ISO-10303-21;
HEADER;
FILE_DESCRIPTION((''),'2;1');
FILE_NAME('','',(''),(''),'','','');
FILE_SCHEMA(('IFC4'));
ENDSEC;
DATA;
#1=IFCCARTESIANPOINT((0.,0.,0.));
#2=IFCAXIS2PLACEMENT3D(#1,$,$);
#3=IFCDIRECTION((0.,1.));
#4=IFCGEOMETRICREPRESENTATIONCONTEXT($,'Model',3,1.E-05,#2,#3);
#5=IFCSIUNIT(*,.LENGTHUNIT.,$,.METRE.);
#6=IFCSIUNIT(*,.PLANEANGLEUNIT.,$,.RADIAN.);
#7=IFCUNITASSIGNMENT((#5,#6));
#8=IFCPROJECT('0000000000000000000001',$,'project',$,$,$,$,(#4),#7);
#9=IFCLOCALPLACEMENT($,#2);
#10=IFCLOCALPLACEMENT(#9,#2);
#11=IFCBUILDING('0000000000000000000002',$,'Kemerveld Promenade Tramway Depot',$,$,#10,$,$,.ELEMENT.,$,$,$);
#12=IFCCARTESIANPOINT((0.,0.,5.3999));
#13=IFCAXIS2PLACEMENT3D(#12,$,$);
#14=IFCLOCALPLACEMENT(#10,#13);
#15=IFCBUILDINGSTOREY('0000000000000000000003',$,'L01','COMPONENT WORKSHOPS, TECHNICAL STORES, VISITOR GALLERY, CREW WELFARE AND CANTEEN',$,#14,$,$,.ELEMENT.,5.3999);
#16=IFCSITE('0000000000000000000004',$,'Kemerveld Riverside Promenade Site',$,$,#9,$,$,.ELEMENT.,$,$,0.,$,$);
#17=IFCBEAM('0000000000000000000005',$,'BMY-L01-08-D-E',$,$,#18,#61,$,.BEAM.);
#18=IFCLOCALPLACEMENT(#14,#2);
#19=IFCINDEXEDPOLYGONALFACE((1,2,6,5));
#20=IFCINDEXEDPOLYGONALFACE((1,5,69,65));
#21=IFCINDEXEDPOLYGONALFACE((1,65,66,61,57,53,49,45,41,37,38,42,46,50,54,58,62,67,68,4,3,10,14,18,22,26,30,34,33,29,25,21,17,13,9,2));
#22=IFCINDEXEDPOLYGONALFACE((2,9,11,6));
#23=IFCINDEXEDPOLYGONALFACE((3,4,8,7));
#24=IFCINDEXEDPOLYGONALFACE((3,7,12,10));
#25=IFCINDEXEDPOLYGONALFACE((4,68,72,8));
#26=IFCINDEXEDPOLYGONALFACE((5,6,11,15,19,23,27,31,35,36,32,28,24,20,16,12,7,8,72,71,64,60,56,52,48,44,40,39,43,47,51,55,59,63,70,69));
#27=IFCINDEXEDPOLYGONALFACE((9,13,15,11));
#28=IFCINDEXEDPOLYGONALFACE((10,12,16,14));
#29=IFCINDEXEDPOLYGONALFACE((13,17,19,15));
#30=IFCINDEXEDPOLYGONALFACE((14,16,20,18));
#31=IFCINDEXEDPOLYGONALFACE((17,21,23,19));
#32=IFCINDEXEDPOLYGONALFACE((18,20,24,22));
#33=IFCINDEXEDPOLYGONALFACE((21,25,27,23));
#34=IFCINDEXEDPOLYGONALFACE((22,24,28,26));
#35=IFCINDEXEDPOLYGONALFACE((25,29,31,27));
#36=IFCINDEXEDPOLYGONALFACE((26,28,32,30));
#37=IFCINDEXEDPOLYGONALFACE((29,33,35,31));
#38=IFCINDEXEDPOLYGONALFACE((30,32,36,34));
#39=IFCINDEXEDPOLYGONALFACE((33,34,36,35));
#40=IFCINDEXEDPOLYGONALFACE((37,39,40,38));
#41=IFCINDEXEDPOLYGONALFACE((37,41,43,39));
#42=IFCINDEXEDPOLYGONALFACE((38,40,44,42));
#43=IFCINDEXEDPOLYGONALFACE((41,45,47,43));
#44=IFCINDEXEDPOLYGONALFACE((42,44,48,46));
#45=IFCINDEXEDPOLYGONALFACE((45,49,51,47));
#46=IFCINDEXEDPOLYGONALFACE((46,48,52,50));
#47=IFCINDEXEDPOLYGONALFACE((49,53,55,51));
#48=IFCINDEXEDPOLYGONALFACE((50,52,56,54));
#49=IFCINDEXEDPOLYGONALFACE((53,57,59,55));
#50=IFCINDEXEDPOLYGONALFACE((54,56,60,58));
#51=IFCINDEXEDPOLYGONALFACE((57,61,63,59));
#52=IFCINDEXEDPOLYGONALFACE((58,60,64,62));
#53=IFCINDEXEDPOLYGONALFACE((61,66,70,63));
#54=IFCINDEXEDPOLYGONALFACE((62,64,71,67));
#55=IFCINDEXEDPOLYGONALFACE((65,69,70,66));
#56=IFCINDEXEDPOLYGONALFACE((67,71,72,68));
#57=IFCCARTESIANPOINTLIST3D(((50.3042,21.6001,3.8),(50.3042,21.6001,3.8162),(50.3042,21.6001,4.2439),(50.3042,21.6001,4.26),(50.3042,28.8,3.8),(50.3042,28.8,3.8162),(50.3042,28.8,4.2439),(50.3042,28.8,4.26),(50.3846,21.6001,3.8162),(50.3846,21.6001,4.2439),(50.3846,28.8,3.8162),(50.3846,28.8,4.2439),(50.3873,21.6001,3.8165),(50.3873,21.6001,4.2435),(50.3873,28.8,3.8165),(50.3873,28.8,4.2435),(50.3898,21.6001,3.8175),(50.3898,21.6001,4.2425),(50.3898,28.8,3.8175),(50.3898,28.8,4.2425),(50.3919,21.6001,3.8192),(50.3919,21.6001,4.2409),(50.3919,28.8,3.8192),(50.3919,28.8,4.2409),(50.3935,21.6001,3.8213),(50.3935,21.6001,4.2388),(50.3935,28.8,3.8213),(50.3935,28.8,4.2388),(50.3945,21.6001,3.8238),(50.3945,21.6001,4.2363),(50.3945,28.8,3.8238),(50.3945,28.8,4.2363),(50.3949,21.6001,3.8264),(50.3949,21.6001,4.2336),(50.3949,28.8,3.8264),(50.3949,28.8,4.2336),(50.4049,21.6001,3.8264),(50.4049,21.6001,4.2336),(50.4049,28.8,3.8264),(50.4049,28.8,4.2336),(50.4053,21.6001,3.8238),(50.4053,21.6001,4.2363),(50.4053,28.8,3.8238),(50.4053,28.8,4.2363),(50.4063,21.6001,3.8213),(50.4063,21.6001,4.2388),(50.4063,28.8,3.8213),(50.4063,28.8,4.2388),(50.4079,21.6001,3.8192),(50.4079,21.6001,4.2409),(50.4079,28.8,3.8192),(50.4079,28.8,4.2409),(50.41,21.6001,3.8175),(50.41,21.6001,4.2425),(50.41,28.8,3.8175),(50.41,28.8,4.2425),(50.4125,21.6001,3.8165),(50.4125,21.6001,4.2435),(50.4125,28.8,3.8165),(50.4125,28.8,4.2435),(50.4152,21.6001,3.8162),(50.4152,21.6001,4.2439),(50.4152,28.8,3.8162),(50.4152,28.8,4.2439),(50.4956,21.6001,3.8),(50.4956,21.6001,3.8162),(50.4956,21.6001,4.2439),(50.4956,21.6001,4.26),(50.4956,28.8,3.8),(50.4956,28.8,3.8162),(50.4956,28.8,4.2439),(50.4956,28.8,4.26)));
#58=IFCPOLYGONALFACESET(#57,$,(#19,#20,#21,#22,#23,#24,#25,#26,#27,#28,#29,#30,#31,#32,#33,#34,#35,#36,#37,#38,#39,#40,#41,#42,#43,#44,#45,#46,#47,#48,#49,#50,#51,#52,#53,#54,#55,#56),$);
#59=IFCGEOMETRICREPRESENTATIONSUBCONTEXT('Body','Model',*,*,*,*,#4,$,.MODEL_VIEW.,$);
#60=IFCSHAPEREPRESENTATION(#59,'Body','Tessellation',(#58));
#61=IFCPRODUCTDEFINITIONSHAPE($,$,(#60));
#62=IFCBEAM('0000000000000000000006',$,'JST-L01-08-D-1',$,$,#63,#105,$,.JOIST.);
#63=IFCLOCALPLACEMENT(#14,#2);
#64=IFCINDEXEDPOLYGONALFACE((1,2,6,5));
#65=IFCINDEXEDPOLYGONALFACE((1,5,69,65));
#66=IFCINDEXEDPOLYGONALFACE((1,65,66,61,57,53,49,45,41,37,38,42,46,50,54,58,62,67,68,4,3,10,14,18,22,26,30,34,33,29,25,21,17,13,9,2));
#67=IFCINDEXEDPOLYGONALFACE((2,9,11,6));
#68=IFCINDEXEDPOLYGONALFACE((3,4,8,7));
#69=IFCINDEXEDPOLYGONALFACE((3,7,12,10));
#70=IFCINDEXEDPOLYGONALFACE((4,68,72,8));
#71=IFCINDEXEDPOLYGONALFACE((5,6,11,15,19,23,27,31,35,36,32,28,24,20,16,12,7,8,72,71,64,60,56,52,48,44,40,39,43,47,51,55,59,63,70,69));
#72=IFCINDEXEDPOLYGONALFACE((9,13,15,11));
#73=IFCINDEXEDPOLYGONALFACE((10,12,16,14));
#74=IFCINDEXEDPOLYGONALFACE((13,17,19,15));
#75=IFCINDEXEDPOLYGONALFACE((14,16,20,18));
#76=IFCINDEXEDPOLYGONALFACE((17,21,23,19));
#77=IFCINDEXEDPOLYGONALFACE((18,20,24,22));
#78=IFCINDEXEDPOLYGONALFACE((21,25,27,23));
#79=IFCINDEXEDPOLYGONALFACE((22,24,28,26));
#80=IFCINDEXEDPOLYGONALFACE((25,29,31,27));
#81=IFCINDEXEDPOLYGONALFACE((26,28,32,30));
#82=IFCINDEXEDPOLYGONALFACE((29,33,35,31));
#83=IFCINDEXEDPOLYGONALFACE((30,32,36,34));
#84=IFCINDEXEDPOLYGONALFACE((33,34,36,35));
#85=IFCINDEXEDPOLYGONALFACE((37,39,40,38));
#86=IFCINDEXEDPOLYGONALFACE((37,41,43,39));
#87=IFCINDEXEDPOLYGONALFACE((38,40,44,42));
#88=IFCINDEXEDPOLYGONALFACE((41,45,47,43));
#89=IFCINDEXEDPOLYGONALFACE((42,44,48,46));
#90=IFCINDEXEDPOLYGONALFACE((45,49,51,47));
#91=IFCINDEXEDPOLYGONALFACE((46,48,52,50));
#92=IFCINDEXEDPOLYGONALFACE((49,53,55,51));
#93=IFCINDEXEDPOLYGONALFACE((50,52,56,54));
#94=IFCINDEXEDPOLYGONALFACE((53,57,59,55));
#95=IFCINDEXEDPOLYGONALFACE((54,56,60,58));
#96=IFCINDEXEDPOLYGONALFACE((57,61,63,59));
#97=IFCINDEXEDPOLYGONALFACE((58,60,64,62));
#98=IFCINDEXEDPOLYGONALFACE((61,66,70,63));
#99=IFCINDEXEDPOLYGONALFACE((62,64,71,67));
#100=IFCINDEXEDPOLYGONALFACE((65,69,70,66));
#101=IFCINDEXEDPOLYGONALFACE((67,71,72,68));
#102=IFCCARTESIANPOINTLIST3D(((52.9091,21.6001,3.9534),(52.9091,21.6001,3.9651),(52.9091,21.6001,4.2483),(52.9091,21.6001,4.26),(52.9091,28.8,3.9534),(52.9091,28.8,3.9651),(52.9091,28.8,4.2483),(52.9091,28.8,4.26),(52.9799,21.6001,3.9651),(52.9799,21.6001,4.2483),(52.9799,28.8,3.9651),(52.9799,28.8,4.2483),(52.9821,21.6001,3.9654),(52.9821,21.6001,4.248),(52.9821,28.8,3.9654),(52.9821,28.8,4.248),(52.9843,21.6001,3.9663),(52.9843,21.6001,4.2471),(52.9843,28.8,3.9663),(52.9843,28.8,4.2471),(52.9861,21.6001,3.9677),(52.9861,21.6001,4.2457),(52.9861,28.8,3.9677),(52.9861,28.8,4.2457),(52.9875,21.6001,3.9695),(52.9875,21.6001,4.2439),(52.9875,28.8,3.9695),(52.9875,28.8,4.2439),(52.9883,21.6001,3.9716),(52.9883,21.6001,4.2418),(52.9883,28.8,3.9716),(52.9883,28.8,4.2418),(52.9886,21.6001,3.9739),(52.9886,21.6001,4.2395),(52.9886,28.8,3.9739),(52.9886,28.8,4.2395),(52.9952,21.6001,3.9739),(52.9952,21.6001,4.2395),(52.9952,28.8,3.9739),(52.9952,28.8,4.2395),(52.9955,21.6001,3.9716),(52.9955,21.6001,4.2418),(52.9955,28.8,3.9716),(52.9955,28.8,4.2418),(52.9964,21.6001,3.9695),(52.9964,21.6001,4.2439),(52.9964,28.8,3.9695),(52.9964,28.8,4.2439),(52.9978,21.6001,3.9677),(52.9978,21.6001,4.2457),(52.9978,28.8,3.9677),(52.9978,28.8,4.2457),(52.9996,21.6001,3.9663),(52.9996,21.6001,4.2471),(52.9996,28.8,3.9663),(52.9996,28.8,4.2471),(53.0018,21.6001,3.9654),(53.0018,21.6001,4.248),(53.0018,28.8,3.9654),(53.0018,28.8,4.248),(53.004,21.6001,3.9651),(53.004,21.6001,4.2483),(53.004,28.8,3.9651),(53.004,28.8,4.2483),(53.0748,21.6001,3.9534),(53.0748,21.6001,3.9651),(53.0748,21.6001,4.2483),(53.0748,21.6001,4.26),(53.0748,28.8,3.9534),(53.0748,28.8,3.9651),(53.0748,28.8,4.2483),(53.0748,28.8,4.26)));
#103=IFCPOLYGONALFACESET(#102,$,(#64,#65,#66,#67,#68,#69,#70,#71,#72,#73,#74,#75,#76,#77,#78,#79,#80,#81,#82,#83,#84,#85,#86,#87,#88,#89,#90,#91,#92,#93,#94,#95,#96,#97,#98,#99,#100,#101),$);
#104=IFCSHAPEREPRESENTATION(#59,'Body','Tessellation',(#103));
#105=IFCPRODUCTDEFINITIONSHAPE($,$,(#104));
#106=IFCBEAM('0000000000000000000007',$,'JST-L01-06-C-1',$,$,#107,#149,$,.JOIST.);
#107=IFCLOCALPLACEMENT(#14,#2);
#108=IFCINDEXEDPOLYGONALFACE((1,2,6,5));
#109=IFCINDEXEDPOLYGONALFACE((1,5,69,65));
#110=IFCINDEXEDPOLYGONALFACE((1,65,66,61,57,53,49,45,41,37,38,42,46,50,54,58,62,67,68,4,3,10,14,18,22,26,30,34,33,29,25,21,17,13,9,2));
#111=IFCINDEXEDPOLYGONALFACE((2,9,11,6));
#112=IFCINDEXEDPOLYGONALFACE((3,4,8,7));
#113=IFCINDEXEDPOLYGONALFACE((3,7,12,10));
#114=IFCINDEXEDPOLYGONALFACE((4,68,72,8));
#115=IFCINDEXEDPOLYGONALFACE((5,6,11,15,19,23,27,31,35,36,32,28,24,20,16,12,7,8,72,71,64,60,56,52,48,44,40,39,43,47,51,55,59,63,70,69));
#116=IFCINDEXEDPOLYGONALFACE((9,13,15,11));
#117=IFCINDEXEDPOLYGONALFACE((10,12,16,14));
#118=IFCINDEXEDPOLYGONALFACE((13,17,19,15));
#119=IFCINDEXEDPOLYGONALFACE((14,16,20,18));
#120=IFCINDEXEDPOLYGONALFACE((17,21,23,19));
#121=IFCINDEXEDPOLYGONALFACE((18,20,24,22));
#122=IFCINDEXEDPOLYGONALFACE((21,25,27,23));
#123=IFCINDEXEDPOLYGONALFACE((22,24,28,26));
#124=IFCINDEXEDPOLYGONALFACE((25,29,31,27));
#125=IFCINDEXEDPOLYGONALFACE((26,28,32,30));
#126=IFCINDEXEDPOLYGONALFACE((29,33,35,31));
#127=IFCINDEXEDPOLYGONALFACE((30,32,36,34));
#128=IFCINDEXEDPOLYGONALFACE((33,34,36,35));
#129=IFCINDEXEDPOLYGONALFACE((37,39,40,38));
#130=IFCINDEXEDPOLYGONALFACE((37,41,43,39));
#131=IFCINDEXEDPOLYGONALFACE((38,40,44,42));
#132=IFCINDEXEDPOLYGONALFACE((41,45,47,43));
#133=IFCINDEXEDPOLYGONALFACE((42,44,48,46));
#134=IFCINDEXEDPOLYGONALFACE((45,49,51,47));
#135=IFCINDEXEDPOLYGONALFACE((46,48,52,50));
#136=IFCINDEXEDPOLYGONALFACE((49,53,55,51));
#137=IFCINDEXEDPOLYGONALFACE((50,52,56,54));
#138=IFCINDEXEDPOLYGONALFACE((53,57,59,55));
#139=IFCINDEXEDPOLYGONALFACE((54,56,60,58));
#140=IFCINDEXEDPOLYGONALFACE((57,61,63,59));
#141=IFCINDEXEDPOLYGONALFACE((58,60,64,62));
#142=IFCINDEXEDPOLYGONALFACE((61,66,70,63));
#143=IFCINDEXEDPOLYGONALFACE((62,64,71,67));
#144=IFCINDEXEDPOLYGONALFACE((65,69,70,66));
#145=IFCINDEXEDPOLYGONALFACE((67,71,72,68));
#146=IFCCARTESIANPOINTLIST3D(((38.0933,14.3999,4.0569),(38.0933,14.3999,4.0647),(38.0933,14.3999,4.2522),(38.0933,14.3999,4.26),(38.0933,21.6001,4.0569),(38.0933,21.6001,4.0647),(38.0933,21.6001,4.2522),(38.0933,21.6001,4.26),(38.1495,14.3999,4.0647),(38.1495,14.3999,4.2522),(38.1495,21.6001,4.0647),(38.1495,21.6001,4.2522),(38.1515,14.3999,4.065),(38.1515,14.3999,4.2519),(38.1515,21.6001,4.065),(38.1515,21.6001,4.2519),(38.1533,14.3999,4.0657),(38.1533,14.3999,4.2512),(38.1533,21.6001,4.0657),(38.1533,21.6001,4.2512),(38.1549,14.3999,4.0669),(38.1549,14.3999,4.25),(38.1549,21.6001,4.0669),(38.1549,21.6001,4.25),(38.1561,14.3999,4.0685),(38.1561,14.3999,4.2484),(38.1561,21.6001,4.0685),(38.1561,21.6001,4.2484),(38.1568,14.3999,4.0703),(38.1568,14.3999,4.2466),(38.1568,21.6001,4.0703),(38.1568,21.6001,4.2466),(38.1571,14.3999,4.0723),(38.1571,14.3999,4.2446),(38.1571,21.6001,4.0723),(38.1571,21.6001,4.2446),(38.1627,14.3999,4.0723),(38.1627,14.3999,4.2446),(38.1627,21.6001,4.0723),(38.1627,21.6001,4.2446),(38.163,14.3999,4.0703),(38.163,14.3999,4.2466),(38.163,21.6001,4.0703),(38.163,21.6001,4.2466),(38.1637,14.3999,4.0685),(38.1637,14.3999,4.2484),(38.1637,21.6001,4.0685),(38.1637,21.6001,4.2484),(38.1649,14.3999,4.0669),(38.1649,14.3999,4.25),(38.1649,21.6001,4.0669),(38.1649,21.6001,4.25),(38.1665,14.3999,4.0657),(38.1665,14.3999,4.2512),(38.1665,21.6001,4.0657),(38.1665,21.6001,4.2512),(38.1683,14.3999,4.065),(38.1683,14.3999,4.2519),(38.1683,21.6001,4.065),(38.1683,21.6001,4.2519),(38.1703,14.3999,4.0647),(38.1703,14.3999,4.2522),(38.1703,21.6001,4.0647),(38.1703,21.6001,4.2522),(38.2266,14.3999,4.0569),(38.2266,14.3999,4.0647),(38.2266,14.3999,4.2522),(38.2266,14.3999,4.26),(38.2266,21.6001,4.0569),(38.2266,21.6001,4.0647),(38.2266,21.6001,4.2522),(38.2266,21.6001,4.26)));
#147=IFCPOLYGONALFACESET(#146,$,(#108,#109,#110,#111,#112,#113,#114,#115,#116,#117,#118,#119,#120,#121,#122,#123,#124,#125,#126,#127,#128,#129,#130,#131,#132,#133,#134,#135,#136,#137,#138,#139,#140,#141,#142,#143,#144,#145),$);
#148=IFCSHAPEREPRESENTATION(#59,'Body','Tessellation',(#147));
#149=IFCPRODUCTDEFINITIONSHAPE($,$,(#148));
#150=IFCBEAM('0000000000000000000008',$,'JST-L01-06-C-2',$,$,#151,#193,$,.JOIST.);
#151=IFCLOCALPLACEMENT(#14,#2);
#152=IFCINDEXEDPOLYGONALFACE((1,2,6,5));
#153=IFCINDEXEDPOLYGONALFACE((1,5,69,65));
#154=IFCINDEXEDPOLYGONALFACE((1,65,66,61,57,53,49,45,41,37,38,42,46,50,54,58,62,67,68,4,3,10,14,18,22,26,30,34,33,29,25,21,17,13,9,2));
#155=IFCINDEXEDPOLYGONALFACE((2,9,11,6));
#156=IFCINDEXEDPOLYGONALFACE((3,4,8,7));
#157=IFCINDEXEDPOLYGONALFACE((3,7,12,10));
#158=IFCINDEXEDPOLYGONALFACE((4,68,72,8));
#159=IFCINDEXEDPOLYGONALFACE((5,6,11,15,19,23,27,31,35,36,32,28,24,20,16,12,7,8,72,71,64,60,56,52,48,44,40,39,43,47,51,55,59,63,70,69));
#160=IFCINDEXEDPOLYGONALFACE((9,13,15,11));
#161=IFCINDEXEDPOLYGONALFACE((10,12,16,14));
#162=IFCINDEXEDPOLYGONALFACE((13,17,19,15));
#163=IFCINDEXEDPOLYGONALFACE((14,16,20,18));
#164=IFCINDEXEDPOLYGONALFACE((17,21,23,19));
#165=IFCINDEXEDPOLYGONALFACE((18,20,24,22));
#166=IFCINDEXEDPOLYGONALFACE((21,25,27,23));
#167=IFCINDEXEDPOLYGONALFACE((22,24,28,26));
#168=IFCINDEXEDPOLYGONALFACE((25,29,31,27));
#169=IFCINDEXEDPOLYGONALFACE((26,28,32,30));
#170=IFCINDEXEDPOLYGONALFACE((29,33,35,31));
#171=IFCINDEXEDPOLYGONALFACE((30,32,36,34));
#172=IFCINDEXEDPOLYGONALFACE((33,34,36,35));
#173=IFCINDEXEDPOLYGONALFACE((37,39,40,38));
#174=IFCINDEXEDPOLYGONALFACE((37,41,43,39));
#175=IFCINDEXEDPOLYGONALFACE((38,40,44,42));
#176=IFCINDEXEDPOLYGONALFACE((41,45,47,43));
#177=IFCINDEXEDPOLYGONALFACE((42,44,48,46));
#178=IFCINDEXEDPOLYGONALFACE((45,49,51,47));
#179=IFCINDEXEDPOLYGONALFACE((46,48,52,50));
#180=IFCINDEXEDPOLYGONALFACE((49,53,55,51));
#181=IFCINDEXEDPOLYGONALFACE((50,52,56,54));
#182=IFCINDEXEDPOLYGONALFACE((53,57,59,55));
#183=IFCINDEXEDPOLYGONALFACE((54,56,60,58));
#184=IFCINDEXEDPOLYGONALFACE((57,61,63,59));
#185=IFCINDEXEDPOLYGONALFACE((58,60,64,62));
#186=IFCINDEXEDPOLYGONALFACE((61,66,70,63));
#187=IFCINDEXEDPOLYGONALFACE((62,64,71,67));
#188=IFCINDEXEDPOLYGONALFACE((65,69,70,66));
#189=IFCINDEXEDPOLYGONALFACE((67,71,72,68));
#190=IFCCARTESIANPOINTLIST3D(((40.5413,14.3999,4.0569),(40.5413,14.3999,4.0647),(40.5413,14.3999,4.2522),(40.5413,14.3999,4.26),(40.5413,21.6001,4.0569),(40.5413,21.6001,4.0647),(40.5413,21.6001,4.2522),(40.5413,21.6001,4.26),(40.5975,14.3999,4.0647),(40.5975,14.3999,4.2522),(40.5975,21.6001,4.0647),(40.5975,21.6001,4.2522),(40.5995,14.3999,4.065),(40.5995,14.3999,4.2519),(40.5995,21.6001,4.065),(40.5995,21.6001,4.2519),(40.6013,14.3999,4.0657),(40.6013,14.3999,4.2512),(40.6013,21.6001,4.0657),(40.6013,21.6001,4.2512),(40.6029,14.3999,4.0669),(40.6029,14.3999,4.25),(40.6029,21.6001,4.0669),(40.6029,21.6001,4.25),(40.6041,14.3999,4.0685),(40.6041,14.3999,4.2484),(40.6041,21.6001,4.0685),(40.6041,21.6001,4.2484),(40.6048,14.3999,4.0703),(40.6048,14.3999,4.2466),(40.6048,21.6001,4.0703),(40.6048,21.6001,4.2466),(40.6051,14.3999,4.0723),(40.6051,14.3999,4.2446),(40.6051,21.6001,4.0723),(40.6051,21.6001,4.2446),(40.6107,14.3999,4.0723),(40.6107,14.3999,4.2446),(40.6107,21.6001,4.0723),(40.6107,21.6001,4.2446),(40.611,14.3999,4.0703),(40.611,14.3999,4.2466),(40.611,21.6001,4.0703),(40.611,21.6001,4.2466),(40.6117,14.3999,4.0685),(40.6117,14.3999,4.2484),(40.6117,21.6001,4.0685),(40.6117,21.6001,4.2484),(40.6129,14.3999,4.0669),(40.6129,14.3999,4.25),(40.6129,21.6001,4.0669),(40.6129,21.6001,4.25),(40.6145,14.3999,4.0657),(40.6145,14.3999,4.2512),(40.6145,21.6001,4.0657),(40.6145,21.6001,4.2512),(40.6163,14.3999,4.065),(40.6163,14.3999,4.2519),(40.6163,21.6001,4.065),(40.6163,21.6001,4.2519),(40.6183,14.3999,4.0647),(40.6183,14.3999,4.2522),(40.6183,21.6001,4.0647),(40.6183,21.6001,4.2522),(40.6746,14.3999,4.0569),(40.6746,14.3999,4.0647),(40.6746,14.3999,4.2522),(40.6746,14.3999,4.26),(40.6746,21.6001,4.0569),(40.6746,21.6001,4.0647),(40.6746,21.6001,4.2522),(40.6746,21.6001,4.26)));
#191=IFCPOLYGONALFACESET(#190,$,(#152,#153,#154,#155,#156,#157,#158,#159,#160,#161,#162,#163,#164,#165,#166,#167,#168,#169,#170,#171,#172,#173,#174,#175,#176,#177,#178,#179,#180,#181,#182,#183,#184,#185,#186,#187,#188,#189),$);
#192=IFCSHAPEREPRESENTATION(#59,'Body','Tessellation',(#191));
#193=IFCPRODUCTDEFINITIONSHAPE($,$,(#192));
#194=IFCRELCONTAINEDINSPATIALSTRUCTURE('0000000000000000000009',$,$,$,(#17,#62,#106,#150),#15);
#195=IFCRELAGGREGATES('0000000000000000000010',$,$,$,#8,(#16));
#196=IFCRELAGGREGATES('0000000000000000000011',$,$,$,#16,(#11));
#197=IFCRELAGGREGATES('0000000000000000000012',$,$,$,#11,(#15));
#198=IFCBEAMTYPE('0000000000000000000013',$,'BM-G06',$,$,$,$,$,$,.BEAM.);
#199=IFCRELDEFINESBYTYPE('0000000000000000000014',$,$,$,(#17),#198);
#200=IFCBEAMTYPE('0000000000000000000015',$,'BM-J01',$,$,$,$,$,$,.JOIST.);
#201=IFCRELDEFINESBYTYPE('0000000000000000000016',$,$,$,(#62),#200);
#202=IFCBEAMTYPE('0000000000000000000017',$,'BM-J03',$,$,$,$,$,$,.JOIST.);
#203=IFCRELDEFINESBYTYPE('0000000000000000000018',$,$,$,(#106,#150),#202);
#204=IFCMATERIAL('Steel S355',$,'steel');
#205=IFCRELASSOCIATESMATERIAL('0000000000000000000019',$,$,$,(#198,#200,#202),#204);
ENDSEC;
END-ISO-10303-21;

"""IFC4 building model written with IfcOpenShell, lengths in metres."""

from ifc_helpers import new_model, si_unit, direction, frame, origin, origin_2d, place, context, subcontext, project, spatial, i_section, extrude, material, material_profile, profile_set, type_object, element, save


model = new_model("IFC4")

# Units and contexts
model_context = context("Model", 3, precision=1e-05, world=origin(), true_north=direction((0.0, 1.0)))
body_context = subcontext(model_context, "Body", "Model", "MODEL_VIEW")
ifc_project = project(units=[si_unit("LENGTHUNIT", "METRE"), si_unit("PLANEANGLEUNIT", "RADIAN")], contexts=[model_context])

# Site, building, storey
site_placement = place(None, origin())
site = spatial("IfcSite", under=ifc_project, at=site_placement, Name="Kemerveld Riverside Promenade Site", CompositionType="ELEMENT", RefElevation=0.0)
building_placement = place(site_placement, origin())
building = spatial("IfcBuilding", under=site, at=building_placement, Name="Kemerveld Promenade Tramway Depot", CompositionType="ELEMENT")
storey_placement = place(building_placement, frame((0.0, 0.0, 5.3999)))
storey = spatial("IfcBuildingStorey", under=building, at=storey_placement, Name="L01", Description="COMPONENT WORKSHOPS, TECHNICAL STORES, VISITOR GALLERY, CREW WELFARE AND CANTEEN", CompositionType="ELEMENT", Elevation=5.3999)

# Shared definitions
ifc_material = material(Name="Steel S355", Category="steel")

# Beams
ifc_material_profile_1 = material_profile(ifc_material, i_section(OverallWidth=0.1914, OverallDepth=0.46, WebThickness=0.01, FlangeThickness=0.0161, FilletRadius=0.0103, at=origin_2d()), Name="457x191x82 UB")
ifc_profile_set_1 = profile_set([ifc_material_profile_1], Name="Steel S355")
beam_type_1 = type_object("IfcBeamType", Name="BM-G06", PredefinedType="BEAM", material=ifc_profile_set_1)
beam_1_placement = place(storey_placement, frame((50.3999, 21.6001, 4.03), z_axis=(0.0, 1.0, 0.0), x_axis=(-1.0, 0.0, 0.0)))
element("IfcBeam", 1, at=beam_1_placement, inside=storey, type_object=beam_type_1, Name="BMY-L01-08-D-E", PredefinedType="BEAM", context=body_context, shape_type="SweptSolid", body=[
    extrude(i_section(OverallWidth=0.1914, OverallDepth=0.46, WebThickness=0.01, FlangeThickness=0.0161, FilletRadius=0.0103, at=origin_2d()), origin(), (0.0, 0.0, 1.0), 7.2),
])
ifc_material_profile_2 = material_profile(ifc_material, i_section(OverallWidth=0.1658, OverallDepth=0.3066, WebThickness=0.0066, FlangeThickness=0.0117, FilletRadius=0.0088, at=origin_2d()), Name="305x165x46 UB")
ifc_profile_set_2 = profile_set([ifc_material_profile_2], Name="Steel S355")
beam_type_2 = type_object("IfcBeamType", Name="BM-J01", PredefinedType="JOIST", material=ifc_profile_set_2)
beam_2_placement = place(storey_placement, frame((52.9919, 21.6001, 4.1067), z_axis=(0.0, 1.0, 0.0), x_axis=(-1.0, 0.0, 0.0)))
element("IfcBeam", 2, at=beam_2_placement, inside=storey, type_object=beam_type_2, Name="JST-L01-08-D-1", PredefinedType="JOIST", context=body_context, shape_type="SweptSolid", body=[
    extrude(i_section(OverallWidth=0.1658, OverallDepth=0.3066, WebThickness=0.0066, FlangeThickness=0.0117, FilletRadius=0.0088, at=origin_2d()), origin(), (0.0, 0.0, 1.0), 7.2),
])
ifc_material_profile_3 = material_profile(ifc_material, i_section(OverallWidth=0.1333, OverallDepth=0.2031, WebThickness=0.0056, FlangeThickness=0.0078, FilletRadius=0.0076, at=origin_2d()), Name="203x133x25 UB")
ifc_profile_set_3 = profile_set([ifc_material_profile_3], Name="Steel S355")
beam_type_3 = type_object("IfcBeamType", Name="BM-J03", PredefinedType="JOIST", material=ifc_profile_set_3)
for number, where, z_axis, x_axis, name in (
    (3, (38.1599, 14.3999, 4.1584), (0.0, 1.0, 0.0), (-1.0, 0.0, 0.0), "JST-L01-06-C-1"),
    (4, (40.6079, 14.3999, 4.1584), (0.0, 1.0, 0.0), (-1.0, 0.0, 0.0), "JST-L01-06-C-2"),
):
    element("IfcBeam", number, at=place(storey_placement, frame(where, z_axis=z_axis, x_axis=x_axis)), inside=storey, type_object=beam_type_3, Name=name, PredefinedType="JOIST", context=body_context, shape_type="SweptSolid", body=[
        extrude(i_section(OverallWidth=0.1333, OverallDepth=0.2031, WebThickness=0.0056, FlangeThickness=0.0078, FilletRadius=0.0076, at=origin_2d()), origin(), (0.0, 0.0, 1.0), 7.2002),
    ])

save(model, "model.ifc")
